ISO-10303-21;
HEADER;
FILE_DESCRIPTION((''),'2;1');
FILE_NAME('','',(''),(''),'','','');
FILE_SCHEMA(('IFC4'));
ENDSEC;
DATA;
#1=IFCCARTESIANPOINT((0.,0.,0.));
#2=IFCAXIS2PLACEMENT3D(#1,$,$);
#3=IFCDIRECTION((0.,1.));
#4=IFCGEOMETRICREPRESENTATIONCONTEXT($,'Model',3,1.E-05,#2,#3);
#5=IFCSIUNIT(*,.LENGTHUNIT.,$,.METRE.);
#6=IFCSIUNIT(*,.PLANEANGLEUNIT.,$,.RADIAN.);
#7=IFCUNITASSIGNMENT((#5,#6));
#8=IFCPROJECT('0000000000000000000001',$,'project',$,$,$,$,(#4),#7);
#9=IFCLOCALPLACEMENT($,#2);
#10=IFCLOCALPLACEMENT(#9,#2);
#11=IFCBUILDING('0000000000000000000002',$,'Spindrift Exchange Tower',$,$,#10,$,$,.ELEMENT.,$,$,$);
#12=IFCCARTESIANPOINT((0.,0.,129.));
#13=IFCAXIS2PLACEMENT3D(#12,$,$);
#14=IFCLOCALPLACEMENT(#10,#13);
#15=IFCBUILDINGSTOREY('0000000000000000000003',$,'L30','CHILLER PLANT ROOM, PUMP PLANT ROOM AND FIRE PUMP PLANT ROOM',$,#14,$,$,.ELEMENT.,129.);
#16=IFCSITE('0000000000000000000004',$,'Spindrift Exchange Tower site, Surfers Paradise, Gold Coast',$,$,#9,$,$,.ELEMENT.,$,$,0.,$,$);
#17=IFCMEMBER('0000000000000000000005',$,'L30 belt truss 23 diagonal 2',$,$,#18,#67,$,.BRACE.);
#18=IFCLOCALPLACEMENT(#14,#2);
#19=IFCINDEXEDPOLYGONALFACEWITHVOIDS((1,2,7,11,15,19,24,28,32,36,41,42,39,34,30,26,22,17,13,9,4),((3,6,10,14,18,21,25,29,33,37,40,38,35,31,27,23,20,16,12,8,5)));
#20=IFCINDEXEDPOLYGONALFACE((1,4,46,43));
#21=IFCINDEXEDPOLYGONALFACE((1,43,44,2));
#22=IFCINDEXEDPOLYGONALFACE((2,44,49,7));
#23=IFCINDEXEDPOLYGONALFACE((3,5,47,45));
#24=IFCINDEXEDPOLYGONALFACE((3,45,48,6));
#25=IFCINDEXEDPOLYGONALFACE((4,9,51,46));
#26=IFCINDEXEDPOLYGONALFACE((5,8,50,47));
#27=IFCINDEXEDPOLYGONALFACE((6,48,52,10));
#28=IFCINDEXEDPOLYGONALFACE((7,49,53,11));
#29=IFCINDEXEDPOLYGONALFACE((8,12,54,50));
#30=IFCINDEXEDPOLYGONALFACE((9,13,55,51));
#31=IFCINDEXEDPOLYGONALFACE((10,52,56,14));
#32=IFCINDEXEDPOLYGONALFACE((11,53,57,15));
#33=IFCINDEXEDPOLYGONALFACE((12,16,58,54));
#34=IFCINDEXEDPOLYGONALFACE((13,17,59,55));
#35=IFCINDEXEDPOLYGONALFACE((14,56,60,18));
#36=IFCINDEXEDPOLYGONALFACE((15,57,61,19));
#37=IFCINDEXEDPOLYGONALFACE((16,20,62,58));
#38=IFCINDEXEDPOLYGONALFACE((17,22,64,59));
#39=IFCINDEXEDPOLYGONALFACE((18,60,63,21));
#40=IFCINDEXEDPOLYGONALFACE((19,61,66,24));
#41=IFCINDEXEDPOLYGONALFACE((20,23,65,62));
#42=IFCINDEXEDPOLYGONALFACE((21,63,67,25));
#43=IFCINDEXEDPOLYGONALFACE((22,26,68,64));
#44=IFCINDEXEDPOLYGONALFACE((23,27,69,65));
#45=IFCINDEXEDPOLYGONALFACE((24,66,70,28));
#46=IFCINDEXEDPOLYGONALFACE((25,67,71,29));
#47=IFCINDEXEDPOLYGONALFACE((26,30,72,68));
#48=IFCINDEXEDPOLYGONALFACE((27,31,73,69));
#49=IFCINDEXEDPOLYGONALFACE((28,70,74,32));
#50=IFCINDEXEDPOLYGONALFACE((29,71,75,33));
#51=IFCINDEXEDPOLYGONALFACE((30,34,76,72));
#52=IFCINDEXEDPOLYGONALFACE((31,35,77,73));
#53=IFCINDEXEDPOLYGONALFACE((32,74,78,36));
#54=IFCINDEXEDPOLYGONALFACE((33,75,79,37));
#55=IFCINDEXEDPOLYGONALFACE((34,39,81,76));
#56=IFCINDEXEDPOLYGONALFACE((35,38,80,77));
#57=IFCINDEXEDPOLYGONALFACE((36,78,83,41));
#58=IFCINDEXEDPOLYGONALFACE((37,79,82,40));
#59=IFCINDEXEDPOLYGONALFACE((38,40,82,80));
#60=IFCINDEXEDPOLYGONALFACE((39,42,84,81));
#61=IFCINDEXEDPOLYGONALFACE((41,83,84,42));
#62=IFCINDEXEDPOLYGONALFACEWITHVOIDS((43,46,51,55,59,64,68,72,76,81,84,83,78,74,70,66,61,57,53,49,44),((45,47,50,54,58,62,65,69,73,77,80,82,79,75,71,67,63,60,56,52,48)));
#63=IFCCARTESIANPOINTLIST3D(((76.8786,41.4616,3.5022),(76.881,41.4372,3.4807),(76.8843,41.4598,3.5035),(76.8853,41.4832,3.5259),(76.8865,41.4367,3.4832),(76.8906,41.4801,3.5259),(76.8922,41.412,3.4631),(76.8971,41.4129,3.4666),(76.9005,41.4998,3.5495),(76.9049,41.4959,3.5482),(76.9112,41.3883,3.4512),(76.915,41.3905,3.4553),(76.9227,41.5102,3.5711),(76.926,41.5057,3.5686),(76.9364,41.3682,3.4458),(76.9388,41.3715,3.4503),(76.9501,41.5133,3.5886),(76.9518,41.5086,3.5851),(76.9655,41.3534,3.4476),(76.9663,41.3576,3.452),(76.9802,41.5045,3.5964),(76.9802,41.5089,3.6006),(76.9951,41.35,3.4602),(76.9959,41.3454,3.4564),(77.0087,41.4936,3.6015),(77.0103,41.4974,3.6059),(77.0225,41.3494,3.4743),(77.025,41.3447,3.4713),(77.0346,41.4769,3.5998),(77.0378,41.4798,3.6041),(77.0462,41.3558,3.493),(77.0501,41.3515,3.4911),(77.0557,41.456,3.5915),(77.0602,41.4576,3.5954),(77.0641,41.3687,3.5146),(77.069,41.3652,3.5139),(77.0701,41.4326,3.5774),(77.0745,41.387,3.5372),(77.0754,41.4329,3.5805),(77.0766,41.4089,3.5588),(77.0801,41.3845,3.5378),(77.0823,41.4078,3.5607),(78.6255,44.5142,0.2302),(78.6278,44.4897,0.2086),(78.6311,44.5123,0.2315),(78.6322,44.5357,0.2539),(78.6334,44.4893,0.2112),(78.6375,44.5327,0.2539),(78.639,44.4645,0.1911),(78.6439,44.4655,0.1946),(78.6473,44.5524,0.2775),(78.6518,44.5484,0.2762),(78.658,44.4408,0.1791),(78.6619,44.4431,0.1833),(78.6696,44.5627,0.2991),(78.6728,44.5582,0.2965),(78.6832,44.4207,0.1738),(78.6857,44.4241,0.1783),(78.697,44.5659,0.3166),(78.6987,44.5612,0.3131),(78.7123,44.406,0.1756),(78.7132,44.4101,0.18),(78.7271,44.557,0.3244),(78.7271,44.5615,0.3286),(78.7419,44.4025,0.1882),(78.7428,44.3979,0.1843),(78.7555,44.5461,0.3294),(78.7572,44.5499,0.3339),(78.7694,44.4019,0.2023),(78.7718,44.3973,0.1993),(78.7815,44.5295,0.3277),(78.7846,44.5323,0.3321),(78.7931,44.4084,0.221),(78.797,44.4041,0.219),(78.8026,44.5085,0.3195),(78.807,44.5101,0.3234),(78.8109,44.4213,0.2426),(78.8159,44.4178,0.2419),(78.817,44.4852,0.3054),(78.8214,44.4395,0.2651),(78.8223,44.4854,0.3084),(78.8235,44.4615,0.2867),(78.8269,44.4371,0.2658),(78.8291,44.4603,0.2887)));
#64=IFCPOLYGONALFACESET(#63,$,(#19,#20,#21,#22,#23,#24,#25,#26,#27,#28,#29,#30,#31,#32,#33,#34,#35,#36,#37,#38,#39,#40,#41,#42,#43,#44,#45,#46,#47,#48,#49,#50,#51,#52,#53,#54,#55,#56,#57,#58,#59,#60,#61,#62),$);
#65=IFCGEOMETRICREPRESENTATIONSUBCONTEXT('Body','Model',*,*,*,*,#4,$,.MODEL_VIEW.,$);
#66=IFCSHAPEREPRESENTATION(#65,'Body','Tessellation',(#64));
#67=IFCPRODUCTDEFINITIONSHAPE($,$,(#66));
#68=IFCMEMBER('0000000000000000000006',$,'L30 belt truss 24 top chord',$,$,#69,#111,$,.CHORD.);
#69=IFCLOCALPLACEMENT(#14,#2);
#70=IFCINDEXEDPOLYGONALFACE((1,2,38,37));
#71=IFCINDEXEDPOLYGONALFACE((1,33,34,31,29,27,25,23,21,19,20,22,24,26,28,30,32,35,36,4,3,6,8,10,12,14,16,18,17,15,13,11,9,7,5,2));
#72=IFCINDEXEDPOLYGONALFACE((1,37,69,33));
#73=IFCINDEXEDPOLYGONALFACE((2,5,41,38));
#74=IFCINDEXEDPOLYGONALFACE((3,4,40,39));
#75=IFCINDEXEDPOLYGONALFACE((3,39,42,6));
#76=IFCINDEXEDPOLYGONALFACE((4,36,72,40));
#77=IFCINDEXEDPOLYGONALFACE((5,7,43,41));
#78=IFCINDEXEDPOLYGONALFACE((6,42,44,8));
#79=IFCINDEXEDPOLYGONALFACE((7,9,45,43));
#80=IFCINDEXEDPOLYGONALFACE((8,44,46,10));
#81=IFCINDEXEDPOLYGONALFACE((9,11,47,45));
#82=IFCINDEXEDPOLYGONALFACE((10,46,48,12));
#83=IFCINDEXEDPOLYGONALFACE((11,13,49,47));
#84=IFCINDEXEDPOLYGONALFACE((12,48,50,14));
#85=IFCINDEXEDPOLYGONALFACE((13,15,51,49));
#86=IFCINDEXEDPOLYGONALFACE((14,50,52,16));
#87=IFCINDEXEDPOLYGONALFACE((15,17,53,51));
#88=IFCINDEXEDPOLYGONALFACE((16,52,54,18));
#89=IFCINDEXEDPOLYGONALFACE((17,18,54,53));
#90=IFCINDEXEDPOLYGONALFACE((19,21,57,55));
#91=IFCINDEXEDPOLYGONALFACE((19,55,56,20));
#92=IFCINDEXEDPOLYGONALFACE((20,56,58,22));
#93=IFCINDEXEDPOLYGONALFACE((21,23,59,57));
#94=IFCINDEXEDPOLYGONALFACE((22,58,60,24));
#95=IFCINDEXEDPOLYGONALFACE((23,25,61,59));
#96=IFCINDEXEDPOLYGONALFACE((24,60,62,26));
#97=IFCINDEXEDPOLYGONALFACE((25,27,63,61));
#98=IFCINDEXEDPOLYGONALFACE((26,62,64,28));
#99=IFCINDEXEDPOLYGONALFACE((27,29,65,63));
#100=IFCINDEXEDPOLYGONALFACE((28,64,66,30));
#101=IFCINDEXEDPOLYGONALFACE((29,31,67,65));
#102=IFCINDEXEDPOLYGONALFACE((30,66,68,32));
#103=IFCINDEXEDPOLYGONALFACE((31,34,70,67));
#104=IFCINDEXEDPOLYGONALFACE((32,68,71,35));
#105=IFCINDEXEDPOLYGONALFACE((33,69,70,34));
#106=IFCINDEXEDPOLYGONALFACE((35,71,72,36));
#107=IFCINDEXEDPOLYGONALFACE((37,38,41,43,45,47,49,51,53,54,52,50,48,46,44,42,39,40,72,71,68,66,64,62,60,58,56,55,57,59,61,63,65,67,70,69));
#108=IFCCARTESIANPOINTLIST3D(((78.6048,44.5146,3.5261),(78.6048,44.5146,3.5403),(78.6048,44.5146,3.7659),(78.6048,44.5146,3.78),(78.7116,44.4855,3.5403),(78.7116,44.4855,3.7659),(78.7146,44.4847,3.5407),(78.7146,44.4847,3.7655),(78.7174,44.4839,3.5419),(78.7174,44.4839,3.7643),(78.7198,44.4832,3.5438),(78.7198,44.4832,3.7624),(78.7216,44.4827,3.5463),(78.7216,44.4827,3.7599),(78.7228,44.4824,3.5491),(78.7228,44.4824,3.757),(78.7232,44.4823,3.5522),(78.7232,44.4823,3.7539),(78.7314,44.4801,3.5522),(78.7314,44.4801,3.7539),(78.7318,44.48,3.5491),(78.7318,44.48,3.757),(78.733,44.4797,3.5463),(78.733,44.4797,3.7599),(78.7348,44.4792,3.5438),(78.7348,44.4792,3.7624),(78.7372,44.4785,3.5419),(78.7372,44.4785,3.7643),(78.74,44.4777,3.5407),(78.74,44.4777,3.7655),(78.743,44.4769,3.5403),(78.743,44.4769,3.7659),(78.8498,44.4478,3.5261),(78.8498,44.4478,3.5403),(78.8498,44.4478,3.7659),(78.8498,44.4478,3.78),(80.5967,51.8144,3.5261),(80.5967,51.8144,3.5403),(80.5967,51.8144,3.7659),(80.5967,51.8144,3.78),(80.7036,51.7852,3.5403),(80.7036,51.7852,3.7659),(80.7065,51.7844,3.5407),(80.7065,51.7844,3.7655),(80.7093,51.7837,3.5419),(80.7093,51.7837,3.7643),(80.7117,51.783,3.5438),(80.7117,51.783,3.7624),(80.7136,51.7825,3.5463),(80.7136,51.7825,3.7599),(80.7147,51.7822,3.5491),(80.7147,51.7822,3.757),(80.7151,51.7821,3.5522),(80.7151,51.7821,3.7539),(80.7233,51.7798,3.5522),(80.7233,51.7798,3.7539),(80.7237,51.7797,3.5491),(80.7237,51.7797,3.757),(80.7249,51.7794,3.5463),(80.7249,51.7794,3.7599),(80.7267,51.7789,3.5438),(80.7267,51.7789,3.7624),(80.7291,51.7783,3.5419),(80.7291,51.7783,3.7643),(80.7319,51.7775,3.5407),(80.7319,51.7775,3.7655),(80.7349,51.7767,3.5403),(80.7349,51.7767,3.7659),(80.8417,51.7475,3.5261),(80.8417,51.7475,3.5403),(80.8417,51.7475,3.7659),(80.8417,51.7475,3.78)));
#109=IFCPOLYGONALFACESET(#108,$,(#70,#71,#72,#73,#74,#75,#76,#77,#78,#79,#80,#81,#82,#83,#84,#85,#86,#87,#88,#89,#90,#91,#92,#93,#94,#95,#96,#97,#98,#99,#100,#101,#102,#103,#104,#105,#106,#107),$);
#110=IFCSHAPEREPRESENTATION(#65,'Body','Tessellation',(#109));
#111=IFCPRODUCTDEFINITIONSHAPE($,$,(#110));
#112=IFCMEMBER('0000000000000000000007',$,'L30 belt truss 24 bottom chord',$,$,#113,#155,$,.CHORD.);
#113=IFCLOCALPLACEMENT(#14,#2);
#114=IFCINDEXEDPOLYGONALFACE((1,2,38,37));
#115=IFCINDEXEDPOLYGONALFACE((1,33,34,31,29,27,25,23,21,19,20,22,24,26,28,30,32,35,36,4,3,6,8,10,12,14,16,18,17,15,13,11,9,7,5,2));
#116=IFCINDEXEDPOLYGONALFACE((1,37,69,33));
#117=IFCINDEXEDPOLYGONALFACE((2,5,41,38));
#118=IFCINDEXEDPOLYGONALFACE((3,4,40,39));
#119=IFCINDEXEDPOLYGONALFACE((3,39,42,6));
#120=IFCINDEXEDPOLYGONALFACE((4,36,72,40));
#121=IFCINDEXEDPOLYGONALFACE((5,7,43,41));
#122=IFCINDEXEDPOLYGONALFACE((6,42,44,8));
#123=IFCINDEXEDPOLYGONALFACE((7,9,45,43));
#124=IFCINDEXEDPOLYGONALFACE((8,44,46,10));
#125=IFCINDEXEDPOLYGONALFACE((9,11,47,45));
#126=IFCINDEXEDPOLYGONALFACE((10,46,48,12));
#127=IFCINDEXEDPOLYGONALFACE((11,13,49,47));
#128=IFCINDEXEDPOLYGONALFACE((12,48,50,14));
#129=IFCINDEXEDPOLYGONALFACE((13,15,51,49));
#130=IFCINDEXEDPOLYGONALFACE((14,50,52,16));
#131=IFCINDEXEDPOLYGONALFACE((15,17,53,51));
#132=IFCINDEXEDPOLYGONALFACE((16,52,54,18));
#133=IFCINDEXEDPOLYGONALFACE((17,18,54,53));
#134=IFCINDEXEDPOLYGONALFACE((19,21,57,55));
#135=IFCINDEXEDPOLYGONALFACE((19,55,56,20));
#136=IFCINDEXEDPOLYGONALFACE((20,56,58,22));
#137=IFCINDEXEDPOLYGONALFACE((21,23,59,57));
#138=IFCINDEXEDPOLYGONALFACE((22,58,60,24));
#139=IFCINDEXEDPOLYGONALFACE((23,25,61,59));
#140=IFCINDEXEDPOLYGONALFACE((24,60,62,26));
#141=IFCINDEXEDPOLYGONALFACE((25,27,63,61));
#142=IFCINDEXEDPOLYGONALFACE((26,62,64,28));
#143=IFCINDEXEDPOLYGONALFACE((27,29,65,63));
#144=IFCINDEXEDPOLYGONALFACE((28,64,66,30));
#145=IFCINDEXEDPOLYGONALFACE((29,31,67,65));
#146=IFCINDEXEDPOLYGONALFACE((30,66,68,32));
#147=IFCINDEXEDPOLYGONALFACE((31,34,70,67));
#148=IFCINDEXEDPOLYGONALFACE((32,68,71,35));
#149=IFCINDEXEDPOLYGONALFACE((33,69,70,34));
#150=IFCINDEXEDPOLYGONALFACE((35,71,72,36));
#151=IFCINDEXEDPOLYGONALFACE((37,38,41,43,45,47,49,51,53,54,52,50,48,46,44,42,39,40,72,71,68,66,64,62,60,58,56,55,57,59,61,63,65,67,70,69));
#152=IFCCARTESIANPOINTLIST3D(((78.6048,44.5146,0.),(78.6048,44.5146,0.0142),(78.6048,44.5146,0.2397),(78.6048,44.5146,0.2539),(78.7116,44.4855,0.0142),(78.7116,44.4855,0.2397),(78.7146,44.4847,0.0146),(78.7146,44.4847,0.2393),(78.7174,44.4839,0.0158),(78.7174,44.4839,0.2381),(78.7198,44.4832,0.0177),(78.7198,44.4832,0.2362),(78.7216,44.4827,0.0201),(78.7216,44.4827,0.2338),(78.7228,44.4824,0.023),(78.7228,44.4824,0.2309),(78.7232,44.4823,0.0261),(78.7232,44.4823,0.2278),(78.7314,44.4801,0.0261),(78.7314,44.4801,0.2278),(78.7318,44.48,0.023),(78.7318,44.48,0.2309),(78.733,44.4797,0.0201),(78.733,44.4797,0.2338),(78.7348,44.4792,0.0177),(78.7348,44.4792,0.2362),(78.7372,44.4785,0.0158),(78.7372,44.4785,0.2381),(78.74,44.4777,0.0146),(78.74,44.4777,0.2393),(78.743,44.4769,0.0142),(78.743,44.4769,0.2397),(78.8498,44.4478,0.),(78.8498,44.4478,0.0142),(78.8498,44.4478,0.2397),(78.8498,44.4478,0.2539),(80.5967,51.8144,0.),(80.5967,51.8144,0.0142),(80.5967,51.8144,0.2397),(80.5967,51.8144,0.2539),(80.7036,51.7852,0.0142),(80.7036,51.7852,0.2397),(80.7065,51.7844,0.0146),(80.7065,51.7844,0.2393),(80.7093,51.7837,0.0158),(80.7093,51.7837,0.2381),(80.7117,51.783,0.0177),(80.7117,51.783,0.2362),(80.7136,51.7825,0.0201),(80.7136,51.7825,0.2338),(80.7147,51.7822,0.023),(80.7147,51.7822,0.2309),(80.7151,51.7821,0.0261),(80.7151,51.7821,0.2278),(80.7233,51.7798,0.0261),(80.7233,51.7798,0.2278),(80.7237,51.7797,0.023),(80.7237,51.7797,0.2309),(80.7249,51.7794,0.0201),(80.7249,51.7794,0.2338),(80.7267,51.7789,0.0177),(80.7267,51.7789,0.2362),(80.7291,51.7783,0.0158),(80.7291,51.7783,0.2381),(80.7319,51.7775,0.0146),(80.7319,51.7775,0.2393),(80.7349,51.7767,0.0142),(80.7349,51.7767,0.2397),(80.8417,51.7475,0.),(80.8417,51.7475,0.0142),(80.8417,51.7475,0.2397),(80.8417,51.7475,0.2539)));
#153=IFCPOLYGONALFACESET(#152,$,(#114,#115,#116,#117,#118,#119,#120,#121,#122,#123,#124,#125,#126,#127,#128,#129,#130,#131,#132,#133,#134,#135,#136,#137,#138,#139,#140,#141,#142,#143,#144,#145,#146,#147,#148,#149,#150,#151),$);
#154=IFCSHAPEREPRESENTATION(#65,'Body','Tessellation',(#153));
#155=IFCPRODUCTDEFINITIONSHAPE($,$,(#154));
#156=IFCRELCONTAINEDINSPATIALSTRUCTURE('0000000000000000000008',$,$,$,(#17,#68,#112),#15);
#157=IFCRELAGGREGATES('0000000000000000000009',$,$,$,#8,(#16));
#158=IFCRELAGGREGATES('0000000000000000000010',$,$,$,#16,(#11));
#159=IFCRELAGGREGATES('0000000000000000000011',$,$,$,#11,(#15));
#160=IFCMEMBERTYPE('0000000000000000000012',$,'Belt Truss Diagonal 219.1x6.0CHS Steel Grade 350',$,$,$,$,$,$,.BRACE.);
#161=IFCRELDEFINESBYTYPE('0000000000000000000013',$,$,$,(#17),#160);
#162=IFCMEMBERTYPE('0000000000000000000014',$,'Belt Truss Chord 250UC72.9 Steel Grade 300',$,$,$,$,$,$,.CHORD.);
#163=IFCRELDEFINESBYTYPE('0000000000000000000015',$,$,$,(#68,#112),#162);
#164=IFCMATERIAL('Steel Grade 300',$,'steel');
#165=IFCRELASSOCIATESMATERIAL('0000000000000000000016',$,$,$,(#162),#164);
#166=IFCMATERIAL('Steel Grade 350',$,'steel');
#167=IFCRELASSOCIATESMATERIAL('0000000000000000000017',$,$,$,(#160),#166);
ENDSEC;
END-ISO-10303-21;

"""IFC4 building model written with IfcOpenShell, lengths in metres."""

from ifc_helpers import new_model, si_unit, direction, frame, origin, origin_2d, place, context, subcontext, project, spatial, hollow_circle, i_section, extrude, source, transform, mapped, material, material_profile, profile_set, type_object, element, save


model = new_model("IFC4")

# Units and contexts
model_context = context("Model", 3, precision=1e-05, world=origin(), true_north=direction((0.0, 1.0)))
body_context = subcontext(model_context, "Body", "Model", "MODEL_VIEW")
ifc_project = project(units=[si_unit("LENGTHUNIT", "METRE"), si_unit("PLANEANGLEUNIT", "RADIAN")], contexts=[model_context])

# Site, building, storey
site_placement = place(None, origin())
site = spatial("IfcSite", under=ifc_project, at=site_placement, Name="Spindrift Exchange Tower site, Surfers Paradise, Gold Coast", CompositionType="ELEMENT", RefElevation=0.0)
building_placement = place(site_placement, origin())
building = spatial("IfcBuilding", under=site, at=building_placement, Name="Spindrift Exchange Tower", CompositionType="ELEMENT")
storey_placement = place(building_placement, frame((0.0, 0.0, 129.0)))
storey = spatial("IfcBuildingStorey", under=building, at=storey_placement, Name="L30", Description="CHILLER PLANT ROOM, PUMP PLANT ROOM AND FIRE PUMP PLANT ROOM", CompositionType="ELEMENT", Elevation=129.0)

# Members
ifc_material_1 = material(Name="Steel Grade 300", Category="steel")
ifc_material_profile_1 = material_profile(ifc_material_1, i_section(OverallWidth=0.2539, OverallDepth=0.2539, WebThickness=0.0085, FlangeThickness=0.0142, FilletRadius=0.012, at=origin_2d()), Name="250UC72.9")
ifc_profile_set_1 = profile_set([ifc_material_profile_1], Name="Steel Grade 300")
member_type_1 = type_object("IfcMemberType", Name="Belt Truss Chord 250UC72.9 Steel Grade 300", PredefinedType="CHORD", material=ifc_profile_set_1)
ifc_material_2 = material(Name="Steel Grade 350", Category="steel")
ifc_material_profile_2 = material_profile(ifc_material_2, hollow_circle(Radius=0.1096, WallThickness=0.0061, at=origin_2d()), Name="219.1x6.0CHS")
ifc_profile_set_2 = profile_set([ifc_material_profile_2], Name="Steel Grade 350")
member_type_2 = type_object("IfcMemberType", Name="Belt Truss Diagonal 219.1x6.0CHS Steel Grade 350", PredefinedType="BRACE", material=ifc_profile_set_2)
shared_shape_1 = source(origin(), body_context, "Body", "SweptSolid", [
    extrude(hollow_circle(Radius=0.1096, WallThickness=0.0061, at=origin_2d()), origin(), (0.0, 0.0, 1.0), 4.8037),
])
for number, where, z_axis, x_axis, name in (
    (1, (76.9805, 41.4287, 3.5259), (0.363647, 0.635454, -0.681145), (-0.867931, 0.496685, 0.0), "L30 belt truss 23 diagonal 2"),
):
    element("IfcMember", number, at=place(storey_placement, frame(where, z_axis=z_axis, x_axis=x_axis)), inside=storey, type_object=member_type_2, Name=name, PredefinedType="BRACE", context=body_context, shape_type="MappedRepresentation", body=[
        mapped(shared_shape_1, transform((0.0, 0.0, 0.0), scale=1.0)),
    ])
shared_shape_2 = source(origin(), body_context, "Body", "SweptSolid", [
    extrude(i_section(OverallWidth=0.2539, OverallDepth=0.2539, WebThickness=0.0085, FlangeThickness=0.0142, FilletRadius=0.012, at=origin_2d()), origin(), (0.0, 0.0, 1.0), 7.5667),
])
for number, where, z_axis, x_axis, name in (
    (2, (78.7273, 44.4812, 3.6531), (0.263251, 0.964727, 0.0), (-0.964727, 0.263251, 0.0), "L30 belt truss 24 top chord"),
    (3, (78.7273, 44.4812, 0.127), (0.263251, 0.964727, 0.0), (-0.964727, 0.263251, 0.0), "L30 belt truss 24 bottom chord"),
):
    element("IfcMember", number, at=place(storey_placement, frame(where, z_axis=z_axis, x_axis=x_axis)), inside=storey, type_object=member_type_1, Name=name, PredefinedType="CHORD", context=body_context, shape_type="MappedRepresentation", body=[
        mapped(shared_shape_2, transform((0.0, 0.0, 0.0), scale=1.0)),
    ])

save(model, "model.ifc")
